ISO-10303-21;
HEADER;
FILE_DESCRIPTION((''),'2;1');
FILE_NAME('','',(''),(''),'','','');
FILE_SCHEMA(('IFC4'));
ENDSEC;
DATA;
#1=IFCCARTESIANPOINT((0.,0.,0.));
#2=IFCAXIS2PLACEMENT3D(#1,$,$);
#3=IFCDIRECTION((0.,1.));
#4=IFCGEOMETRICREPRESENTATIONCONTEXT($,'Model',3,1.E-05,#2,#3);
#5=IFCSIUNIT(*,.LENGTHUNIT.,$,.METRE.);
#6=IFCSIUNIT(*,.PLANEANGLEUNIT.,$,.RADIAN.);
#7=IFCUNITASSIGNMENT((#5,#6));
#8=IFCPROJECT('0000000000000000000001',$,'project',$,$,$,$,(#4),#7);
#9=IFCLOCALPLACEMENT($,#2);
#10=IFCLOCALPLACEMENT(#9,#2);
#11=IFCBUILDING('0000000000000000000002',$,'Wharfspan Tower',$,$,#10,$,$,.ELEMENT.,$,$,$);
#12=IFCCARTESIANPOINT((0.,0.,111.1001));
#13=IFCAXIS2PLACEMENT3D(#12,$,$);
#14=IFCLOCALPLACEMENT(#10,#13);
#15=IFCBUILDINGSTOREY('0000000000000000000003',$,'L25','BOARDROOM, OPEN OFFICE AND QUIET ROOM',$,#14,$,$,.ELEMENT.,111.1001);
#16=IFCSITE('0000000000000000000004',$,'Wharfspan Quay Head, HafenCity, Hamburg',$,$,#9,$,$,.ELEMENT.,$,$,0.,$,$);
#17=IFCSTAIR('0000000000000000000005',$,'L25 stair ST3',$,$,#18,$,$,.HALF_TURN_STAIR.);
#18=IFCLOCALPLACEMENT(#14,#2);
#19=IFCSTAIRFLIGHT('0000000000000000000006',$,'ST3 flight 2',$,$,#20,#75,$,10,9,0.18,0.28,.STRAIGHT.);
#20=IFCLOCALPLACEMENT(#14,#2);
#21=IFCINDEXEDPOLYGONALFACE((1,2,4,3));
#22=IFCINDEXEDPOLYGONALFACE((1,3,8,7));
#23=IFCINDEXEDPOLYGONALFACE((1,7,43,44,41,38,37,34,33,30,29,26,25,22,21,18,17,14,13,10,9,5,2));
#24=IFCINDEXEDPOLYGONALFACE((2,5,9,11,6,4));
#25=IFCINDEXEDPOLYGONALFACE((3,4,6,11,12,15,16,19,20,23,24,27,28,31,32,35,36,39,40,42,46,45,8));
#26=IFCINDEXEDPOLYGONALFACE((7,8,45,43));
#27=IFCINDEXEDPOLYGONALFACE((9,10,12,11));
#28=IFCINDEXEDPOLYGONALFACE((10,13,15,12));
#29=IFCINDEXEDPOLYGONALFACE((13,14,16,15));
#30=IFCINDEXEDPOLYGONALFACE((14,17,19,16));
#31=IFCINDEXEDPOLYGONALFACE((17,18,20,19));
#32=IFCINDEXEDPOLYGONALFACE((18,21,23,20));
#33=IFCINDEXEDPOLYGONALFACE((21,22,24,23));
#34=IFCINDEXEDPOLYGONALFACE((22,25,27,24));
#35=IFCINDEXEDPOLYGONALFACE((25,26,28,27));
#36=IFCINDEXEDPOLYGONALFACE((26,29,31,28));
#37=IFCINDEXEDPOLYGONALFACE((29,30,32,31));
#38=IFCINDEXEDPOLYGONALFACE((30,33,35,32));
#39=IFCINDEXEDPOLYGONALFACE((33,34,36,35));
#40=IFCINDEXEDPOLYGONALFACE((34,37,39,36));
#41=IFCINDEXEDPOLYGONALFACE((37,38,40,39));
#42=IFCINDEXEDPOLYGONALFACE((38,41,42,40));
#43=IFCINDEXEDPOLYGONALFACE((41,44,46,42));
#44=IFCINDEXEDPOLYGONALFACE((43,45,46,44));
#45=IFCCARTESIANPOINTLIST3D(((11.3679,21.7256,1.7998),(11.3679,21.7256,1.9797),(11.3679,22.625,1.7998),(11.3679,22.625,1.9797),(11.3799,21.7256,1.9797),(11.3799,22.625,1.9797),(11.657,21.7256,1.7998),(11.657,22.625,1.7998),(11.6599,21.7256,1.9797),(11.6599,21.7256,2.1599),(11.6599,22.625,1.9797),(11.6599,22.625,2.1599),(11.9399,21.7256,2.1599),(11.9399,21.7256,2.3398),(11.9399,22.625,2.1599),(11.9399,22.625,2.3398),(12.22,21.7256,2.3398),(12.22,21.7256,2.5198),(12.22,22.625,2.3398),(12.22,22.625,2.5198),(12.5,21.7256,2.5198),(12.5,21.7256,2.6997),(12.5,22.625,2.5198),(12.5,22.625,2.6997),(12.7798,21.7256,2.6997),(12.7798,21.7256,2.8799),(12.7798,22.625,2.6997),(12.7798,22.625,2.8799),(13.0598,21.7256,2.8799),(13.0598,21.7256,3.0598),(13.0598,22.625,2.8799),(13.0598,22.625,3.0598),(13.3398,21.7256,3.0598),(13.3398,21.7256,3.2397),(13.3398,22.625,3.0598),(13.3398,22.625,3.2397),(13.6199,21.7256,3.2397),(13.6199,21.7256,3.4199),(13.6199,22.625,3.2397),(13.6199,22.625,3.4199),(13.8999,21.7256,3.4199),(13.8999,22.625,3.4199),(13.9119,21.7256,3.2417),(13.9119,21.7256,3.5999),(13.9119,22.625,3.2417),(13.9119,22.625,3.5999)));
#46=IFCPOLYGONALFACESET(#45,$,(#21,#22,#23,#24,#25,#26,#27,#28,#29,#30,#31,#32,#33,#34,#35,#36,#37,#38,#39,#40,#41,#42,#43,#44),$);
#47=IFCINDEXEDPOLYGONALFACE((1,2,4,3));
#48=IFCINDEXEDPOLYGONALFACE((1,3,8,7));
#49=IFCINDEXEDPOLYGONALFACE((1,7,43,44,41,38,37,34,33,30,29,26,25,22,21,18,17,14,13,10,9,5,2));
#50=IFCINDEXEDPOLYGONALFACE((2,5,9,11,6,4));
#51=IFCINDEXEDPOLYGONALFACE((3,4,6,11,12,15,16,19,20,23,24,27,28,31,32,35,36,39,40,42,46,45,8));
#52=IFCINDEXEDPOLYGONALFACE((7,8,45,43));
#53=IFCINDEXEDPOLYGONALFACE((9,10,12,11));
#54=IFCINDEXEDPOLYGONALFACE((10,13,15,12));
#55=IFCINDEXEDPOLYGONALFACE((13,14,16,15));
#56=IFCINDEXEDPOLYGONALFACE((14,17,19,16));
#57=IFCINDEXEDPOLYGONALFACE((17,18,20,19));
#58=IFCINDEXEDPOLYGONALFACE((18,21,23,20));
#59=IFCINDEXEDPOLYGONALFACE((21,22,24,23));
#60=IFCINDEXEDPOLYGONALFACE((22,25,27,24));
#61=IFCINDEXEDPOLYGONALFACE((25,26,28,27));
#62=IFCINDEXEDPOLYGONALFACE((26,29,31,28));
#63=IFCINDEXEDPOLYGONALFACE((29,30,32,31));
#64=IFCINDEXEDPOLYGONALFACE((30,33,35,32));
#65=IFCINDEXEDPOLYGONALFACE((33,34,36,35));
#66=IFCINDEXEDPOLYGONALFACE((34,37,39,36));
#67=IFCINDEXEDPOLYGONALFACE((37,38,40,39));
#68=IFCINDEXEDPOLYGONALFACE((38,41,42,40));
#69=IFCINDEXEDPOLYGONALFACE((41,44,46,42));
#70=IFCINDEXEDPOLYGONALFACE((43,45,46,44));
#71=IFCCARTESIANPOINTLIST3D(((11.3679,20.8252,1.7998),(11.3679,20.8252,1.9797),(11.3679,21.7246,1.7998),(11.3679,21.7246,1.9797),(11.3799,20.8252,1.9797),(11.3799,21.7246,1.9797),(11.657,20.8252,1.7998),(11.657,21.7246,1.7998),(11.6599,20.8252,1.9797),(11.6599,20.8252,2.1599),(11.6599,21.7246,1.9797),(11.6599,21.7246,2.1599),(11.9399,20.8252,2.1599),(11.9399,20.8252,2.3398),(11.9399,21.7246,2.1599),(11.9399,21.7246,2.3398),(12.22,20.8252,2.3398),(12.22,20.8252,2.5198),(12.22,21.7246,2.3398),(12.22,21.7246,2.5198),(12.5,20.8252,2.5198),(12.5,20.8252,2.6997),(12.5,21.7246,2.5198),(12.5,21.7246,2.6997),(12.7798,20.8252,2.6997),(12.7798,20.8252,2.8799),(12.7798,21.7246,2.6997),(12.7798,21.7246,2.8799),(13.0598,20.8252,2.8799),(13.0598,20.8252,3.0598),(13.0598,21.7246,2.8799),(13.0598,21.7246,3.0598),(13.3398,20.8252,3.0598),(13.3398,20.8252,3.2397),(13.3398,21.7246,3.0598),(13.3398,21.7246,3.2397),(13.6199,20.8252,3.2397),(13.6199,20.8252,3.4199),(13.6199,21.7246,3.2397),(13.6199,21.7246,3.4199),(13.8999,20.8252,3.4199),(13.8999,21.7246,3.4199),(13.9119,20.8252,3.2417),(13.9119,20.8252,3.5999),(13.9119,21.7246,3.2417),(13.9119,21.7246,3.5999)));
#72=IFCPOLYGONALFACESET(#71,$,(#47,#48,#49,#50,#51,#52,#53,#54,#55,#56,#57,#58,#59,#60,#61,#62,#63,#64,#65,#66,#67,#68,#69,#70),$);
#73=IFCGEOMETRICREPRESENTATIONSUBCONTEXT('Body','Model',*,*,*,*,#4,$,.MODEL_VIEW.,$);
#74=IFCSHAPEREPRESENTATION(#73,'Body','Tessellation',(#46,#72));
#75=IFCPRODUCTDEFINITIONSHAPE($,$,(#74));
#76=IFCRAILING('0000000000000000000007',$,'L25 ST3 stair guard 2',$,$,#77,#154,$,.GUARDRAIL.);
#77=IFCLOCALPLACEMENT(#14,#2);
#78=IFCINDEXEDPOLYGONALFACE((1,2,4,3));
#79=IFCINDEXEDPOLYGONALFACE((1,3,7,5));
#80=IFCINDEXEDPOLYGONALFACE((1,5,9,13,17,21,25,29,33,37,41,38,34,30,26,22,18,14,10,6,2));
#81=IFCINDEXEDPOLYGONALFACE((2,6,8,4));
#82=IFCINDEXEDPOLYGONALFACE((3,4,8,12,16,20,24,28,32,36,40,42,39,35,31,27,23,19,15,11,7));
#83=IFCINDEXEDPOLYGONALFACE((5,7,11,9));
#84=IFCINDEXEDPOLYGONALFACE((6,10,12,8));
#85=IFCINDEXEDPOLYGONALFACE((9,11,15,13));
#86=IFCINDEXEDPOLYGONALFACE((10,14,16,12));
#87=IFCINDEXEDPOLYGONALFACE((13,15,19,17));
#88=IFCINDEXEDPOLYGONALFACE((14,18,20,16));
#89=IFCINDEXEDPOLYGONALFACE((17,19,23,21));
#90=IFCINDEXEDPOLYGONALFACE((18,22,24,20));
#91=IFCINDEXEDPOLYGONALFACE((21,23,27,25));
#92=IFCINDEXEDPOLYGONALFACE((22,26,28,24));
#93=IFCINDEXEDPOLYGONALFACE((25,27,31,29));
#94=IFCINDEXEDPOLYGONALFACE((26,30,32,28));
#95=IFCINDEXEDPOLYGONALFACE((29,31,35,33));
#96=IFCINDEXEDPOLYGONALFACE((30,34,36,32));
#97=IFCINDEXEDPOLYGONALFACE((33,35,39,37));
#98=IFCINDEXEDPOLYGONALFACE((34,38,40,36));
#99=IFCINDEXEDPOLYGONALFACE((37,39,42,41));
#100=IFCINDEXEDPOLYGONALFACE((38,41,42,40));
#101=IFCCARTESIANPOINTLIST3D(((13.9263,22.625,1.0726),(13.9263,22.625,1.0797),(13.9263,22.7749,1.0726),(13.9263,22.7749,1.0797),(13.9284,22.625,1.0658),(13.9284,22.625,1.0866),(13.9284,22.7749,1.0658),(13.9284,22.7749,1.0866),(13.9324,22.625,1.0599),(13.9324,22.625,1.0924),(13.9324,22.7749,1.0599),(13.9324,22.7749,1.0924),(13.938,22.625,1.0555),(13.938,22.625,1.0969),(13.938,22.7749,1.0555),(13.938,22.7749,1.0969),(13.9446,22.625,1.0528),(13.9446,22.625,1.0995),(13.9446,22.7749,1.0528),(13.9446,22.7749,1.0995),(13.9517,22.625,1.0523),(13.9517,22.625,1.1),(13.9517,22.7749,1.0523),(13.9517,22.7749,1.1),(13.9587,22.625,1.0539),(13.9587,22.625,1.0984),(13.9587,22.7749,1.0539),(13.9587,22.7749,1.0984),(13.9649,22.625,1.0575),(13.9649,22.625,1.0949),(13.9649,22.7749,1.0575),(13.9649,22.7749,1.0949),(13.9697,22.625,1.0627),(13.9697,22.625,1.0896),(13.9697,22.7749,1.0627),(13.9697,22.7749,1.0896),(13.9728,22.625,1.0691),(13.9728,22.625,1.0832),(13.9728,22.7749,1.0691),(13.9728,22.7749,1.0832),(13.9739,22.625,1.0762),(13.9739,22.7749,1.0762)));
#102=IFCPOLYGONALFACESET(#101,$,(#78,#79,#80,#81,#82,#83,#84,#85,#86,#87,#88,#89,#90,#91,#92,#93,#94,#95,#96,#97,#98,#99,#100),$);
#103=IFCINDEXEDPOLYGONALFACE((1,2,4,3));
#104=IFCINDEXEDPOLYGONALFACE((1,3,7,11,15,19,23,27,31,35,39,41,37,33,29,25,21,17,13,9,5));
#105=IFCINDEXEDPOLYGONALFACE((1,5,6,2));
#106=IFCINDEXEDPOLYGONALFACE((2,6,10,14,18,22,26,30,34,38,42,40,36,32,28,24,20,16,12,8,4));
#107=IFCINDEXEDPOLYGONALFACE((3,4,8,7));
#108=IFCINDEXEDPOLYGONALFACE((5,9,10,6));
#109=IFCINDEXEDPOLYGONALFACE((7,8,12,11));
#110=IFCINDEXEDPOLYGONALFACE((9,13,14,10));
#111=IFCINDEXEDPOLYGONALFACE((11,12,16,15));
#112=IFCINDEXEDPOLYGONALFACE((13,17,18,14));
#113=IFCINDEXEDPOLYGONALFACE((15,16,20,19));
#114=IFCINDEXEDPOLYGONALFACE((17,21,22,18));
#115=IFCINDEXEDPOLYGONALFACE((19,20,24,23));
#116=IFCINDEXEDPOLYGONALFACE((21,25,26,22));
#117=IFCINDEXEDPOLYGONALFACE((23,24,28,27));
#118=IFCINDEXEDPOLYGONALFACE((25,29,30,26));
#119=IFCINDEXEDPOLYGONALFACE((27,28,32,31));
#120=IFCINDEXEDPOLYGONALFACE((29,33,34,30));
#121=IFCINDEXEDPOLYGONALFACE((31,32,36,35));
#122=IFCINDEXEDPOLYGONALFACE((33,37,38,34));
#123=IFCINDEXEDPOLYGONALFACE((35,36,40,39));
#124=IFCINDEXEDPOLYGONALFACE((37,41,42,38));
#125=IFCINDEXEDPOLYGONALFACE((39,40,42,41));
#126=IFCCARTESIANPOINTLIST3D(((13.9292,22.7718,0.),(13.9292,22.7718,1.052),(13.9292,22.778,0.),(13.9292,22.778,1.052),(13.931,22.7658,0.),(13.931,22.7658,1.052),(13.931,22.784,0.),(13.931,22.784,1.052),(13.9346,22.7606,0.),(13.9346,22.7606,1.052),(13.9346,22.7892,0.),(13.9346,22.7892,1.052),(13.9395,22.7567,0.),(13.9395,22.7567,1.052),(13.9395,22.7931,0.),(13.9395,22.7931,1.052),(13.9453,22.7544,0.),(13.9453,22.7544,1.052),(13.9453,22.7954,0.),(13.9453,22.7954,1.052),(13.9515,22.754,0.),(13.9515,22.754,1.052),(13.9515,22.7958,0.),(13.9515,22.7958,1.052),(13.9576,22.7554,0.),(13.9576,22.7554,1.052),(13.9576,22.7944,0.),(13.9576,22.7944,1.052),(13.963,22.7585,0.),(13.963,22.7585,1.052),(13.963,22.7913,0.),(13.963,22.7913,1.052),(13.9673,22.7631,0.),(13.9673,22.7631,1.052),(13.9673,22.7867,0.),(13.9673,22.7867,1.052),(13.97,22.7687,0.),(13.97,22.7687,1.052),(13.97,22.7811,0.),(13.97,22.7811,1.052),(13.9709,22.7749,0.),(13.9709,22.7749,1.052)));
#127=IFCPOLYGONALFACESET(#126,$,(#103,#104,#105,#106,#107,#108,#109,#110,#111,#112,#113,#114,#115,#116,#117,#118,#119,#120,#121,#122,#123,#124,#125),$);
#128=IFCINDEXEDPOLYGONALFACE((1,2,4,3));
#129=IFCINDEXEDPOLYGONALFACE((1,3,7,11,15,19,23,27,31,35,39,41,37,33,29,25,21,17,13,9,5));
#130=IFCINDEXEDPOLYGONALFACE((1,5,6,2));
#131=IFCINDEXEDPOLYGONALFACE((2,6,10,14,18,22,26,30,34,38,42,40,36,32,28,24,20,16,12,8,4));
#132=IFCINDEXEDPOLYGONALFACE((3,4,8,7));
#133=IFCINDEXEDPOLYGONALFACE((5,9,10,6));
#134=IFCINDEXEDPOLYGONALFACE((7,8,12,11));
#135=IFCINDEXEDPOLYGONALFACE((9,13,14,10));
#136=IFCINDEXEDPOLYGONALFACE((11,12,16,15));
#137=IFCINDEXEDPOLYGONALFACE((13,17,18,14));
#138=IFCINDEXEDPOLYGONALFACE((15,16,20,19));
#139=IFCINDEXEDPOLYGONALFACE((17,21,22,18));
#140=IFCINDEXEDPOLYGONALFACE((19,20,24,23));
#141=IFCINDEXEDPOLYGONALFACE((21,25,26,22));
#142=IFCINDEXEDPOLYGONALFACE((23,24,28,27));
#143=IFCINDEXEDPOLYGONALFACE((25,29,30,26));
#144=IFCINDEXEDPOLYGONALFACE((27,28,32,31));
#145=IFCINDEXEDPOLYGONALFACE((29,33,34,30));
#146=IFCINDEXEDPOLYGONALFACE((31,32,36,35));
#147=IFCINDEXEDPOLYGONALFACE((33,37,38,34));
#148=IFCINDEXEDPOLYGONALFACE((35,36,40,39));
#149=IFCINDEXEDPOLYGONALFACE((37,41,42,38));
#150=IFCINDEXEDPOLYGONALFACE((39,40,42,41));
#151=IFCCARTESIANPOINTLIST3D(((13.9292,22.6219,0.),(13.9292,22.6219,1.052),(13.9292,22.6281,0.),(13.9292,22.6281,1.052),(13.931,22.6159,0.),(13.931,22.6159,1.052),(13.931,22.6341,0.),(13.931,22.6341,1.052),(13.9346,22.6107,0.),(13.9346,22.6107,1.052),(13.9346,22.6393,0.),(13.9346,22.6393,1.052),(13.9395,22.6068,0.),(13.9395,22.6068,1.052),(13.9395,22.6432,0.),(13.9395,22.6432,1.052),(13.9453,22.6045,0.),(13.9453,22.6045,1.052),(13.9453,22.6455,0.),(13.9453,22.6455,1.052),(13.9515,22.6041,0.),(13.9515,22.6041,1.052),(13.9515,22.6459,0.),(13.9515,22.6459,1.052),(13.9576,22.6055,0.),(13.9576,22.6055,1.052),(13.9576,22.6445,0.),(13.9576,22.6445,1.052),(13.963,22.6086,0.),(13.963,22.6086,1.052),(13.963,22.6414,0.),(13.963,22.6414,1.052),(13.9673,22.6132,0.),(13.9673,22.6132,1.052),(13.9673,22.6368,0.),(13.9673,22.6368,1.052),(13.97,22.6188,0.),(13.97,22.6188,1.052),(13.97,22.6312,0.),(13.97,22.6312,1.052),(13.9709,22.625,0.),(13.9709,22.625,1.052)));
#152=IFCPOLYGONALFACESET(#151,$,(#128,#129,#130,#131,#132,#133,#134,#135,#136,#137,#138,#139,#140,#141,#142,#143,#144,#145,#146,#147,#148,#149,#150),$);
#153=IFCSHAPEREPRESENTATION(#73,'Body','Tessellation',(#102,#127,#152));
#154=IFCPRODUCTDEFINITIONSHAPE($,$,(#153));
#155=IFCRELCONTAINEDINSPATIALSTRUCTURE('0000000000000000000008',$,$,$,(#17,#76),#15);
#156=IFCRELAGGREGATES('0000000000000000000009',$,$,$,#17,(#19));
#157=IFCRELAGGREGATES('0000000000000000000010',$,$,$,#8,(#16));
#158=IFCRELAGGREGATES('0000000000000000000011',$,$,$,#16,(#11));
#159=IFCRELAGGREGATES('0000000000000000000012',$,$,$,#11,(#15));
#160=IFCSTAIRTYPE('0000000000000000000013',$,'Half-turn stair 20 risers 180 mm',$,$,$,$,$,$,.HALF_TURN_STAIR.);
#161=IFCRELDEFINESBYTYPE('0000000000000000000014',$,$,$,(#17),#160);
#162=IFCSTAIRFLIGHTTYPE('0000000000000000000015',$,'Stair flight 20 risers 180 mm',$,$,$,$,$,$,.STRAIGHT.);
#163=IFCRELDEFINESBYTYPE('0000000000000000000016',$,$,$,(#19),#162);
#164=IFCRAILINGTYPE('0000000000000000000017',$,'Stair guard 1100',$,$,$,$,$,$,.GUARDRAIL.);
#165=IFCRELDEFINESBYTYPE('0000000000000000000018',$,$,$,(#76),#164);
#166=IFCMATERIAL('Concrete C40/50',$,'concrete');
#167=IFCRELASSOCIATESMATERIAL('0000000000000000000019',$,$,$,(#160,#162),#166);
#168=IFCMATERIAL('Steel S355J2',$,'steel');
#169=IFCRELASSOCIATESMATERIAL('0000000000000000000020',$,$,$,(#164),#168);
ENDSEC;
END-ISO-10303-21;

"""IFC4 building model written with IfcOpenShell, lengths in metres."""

from ifc_helpers import new_model, si_unit, direction, frame, origin, origin_2d, place, context, subcontext, project, spatial, polyline, circle, outline, extrude, material, type_object, element, aggregate, save


model = new_model("IFC4")

# Units and contexts
model_context = context("Model", 3, precision=1e-05, world=origin(), true_north=direction((0.0, 1.0)))
body_context = subcontext(model_context, "Body", "Model", "MODEL_VIEW")
ifc_project = project(units=[si_unit("LENGTHUNIT", "METRE"), si_unit("PLANEANGLEUNIT", "RADIAN")], contexts=[model_context])

# Site, building, storey
site_placement = place(None, origin())
site = spatial("IfcSite", under=ifc_project, at=site_placement, Name="Wharfspan Quay Head, HafenCity, Hamburg", CompositionType="ELEMENT", RefElevation=0.0)
building_placement = place(site_placement, origin())
building = spatial("IfcBuilding", under=site, at=building_placement, Name="Wharfspan Tower", CompositionType="ELEMENT")
storey_placement = place(building_placement, frame((0.0, 0.0, 111.1001)))
storey = spatial("IfcBuildingStorey", under=building, at=storey_placement, Name="L25", Description="BOARDROOM, OPEN OFFICE AND QUIET ROOM", CompositionType="ELEMENT", Elevation=111.1001)

# Shared definitions
ifc_material_1 = material(Name="Steel S355J2", Category="steel")

# Shared definitions
ifc_material_2 = material(Name="Concrete C40/50", Category="concrete")

# Stair, stair flight
stair_type = type_object("IfcStairType", Name="Half-turn stair 20 risers 180 mm", PredefinedType="HALF_TURN_STAIR", material=ifc_material_2)
stair_placement = place(storey_placement, origin())
stair = element("IfcStair", 1, at=stair_placement, inside=storey, type_object=stair_type, Name="L25 stair ST3", PredefinedType="HALF_TURN_STAIR")
stair_flight_type = type_object("IfcStairFlightType", Name="Stair flight 20 risers 180 mm", PredefinedType="STRAIGHT", material=ifc_material_2)
stair_flight_1_placement = place(storey_placement, frame((11.3799, 21.7251, 1.7998), z_axis=(0.0, 0.0, 1.0), x_axis=(1.0, 0.0, 0.0)))
stair_flight_1 = element("IfcStairFlight", 2, at=stair_flight_1_placement, type_object=stair_flight_type, Name="ST3 flight 2", NumberOfRisers=10, NumberOfTreads=9, PredefinedType="STRAIGHT", RiserHeight=0.18, TreadLength=0.28, context=body_context, shape_type="SweptSolid", body=[
    extrude(outline(polyline([(-0.012, 0.0), (-0.012, 0.1799), (0.0, 0.1799), (0.28, 0.1799), (0.28, 0.3601), (0.5601, 0.3601), (0.5601, 0.54), (0.8401, 0.54), (0.8401, 0.72), (1.1201, 0.72), (1.1201, 0.8999), (1.3999, 0.8999), (1.3999, 1.0801), (1.6799, 1.0801), (1.6799, 1.26), (1.96, 1.26), (1.96, 1.4399), (2.24, 1.4399), (2.24, 1.6201), (2.52, 1.6201), (2.532, 1.8), (2.532, 1.4419), (0.2771, 0.0), (-0.012, 0.0)])), frame((0.0, 0.8999, 0.0), z_axis=(0.0, -1.0, 0.0), x_axis=(1.0, 0.0, 0.0)), (0.0, 0.0, 1.0), 0.8994),
    extrude(outline(polyline([(-0.012, 0.0), (-0.012, 0.1799), (0.0, 0.1799), (0.28, 0.1799), (0.28, 0.3601), (0.5601, 0.3601), (0.5601, 0.54), (0.8401, 0.54), (0.8401, 0.72), (1.1201, 0.72), (1.1201, 0.8999), (1.3999, 0.8999), (1.3999, 1.0801), (1.6799, 1.0801), (1.6799, 1.26), (1.96, 1.26), (1.96, 1.4399), (2.24, 1.4399), (2.24, 1.6201), (2.52, 1.6201), (2.532, 1.8), (2.532, 1.4419), (0.2771, 0.0), (-0.012, 0.0)])), frame((0.0, -0.0005, 0.0), z_axis=(0.0, -1.0, 0.0), x_axis=(1.0, 0.0, 0.0)), (0.0, 0.0, 1.0), 0.8994),
])
aggregate(stair, [stair_flight_1])

# Railing
railing_type_1 = type_object("IfcRailingType", Name="Stair guard 1100", PredefinedType="GUARDRAIL", material=ifc_material_1)
railing_1_placement = place(storey_placement, frame((13.95, 22.7749, 0.0)))
element("IfcRailing", 3, at=railing_1_placement, inside=storey, type_object=railing_type_1, Name="L25 ST3 stair guard 2", PredefinedType="GUARDRAIL", context=body_context, shape_type="SweptSolid", body=[
    extrude(circle(Radius=0.0239, at=origin_2d()), frame((0.0, 0.0, 1.0762), z_axis=(0.0, -1.0, 0.0), x_axis=(1.0, 0.0, 0.0)), (0.0, 0.0, 1.0), 0.1499),
    extrude(circle(Radius=0.021, at=origin_2d()), origin(), (0.0, 0.0, 1.0), 1.052),
    extrude(circle(Radius=0.021, at=origin_2d()), frame((0.0, -0.1499, 0.0)), (0.0, 0.0, 1.0), 1.052),
])

save(model, "model.ifc")
